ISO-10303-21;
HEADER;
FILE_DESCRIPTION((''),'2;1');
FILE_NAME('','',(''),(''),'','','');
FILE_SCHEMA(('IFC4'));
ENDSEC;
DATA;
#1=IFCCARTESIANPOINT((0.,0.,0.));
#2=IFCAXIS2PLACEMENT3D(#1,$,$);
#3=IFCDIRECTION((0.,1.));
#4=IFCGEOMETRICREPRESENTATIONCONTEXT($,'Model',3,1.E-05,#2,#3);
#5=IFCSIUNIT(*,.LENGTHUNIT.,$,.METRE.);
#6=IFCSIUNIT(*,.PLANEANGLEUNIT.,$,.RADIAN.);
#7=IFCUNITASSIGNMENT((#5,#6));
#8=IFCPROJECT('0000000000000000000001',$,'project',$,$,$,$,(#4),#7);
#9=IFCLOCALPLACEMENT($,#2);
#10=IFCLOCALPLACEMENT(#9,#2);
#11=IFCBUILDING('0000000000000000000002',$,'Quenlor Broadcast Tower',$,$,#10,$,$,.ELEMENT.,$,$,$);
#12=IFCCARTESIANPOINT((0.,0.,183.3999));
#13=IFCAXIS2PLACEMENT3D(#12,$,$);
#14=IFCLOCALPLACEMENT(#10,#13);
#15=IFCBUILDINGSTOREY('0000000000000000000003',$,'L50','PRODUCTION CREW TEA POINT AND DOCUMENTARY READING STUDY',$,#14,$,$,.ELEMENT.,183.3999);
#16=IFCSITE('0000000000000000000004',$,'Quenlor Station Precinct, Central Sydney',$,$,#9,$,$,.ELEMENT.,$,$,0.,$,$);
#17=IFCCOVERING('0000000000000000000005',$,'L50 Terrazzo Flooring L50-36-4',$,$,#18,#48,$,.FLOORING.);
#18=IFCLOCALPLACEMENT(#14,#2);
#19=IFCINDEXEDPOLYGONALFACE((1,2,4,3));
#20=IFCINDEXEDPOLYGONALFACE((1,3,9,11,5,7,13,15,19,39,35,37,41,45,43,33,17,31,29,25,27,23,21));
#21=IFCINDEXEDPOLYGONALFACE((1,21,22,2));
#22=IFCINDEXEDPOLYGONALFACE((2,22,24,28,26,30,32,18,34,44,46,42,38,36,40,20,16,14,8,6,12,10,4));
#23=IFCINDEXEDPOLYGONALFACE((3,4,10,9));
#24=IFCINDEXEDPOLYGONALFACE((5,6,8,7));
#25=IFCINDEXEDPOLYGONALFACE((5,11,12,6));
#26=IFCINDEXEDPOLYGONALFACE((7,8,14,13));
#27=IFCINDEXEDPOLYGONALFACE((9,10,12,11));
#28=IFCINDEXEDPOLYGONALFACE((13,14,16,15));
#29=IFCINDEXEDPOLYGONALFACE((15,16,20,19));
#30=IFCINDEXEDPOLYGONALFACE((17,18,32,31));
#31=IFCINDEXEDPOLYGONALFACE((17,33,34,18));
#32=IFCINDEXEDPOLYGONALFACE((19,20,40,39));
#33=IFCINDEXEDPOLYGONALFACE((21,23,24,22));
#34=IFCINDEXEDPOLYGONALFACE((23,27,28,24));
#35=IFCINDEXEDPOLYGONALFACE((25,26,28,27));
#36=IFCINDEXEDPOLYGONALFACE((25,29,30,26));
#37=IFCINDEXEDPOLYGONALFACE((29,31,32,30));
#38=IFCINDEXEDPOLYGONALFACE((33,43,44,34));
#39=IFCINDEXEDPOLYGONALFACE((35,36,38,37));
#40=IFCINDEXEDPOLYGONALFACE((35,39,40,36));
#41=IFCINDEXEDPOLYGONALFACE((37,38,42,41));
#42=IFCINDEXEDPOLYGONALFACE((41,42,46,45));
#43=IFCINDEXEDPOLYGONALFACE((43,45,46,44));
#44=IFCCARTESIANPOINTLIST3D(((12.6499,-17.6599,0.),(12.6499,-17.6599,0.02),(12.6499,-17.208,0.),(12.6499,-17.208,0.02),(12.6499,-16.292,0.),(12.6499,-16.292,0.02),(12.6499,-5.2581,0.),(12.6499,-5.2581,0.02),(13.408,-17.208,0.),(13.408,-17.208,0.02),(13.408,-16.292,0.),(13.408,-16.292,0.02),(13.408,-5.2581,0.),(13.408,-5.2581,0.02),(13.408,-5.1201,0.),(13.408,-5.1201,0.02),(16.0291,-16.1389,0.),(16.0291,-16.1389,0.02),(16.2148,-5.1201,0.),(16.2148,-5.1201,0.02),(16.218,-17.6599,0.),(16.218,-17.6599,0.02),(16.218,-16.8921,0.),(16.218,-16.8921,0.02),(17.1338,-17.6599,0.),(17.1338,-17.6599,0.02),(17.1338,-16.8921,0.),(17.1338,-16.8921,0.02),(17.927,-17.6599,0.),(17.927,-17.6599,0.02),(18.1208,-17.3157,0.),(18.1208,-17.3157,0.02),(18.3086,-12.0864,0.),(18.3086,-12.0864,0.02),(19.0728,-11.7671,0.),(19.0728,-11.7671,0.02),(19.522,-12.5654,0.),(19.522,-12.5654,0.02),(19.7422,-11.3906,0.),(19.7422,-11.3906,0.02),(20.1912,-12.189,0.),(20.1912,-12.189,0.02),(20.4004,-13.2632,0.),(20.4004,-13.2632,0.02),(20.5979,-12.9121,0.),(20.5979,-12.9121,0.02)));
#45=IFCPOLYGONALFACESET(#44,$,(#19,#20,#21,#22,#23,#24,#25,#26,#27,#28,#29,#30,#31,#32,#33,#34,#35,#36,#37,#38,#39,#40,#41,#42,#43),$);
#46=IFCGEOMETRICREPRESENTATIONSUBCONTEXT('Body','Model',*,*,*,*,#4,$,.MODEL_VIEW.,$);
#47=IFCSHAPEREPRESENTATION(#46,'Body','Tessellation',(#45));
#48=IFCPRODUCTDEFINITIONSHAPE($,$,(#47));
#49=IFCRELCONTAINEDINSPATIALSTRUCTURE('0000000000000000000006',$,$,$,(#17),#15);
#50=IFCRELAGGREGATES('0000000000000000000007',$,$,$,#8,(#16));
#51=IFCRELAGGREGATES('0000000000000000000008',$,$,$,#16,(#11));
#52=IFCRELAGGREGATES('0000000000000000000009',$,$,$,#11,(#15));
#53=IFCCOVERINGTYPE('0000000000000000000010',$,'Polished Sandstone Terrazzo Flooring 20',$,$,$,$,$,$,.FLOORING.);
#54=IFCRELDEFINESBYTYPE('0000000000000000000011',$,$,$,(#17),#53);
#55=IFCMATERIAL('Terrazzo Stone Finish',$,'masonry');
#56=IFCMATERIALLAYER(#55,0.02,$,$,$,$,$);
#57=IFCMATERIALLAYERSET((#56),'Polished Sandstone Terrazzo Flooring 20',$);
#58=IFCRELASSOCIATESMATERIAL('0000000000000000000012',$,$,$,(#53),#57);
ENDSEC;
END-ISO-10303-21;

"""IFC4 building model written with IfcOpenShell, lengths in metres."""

from ifc_helpers import new_model, si_unit, direction, frame, origin, place, context, subcontext, project, spatial, polyline, outline, extrude, material, layer, layer_set, type_object, element, save


model = new_model("IFC4")

# Units and contexts
model_context = context("Model", 3, precision=1e-05, world=origin(), true_north=direction((0.0, 1.0)))
body_context = subcontext(model_context, "Body", "Model", "MODEL_VIEW")
ifc_project = project(units=[si_unit("LENGTHUNIT", "METRE"), si_unit("PLANEANGLEUNIT", "RADIAN")], contexts=[model_context])

# Site, building, storey
site_placement = place(None, origin())
site = spatial("IfcSite", under=ifc_project, at=site_placement, Name="Quenlor Station Precinct, Central Sydney", CompositionType="ELEMENT", RefElevation=0.0)
building_placement = place(site_placement, origin())
building = spatial("IfcBuilding", under=site, at=building_placement, Name="Quenlor Broadcast Tower", CompositionType="ELEMENT")
storey_placement = place(building_placement, frame((0.0, 0.0, 183.3999)))
storey = spatial("IfcBuildingStorey", under=building, at=storey_placement, Name="L50", Description="PRODUCTION CREW TEA POINT AND DOCUMENTARY READING STUDY", CompositionType="ELEMENT", Elevation=183.3999)

# Covering
ifc_material_1 = material(Name="Terrazzo Stone Finish", Category="masonry")
ifc_layer_1 = layer(ifc_material_1, 0.02)
ifc_layer_set_1 = layer_set([ifc_layer_1], Name="Polished Sandstone Terrazzo Flooring 20")
covering_type_1 = type_object("IfcCoveringType", Name="Polished Sandstone Terrazzo Flooring 20", PredefinedType="FLOORING", material=ifc_layer_set_1)
covering_1_placement = place(storey_placement, origin())
element("IfcCovering", 1, at=covering_1_placement, inside=storey, type_object=covering_type_1, Name="L50 Terrazzo Flooring L50-36-4", PredefinedType="FLOORING", context=body_context, shape_type="SweptSolid", body=[
    extrude(outline(polyline([(13.408, -17.208), (13.408, -16.292), (12.6499, -16.292), (12.6499, -5.2581), (13.408, -5.2581), (13.408, -5.1201), (16.2148, -5.1201), (19.7422, -11.3906), (19.0728, -11.7671), (19.522, -12.5654), (20.1912, -12.189), (20.5979, -12.9121), (20.4004, -13.2632), (18.3086, -12.0864), (16.0291, -16.1389), (18.1208, -17.3157), (17.927, -17.6599), (17.1338, -17.6599), (17.1338, -16.8921), (16.218, -16.8921), (16.218, -17.6599), (12.6499, -17.6599), (12.6499, -17.208), (13.408, -17.208)])), origin(), (0.0, 0.0, 1.0), 0.02),
])

save(model, "model.ifc")
